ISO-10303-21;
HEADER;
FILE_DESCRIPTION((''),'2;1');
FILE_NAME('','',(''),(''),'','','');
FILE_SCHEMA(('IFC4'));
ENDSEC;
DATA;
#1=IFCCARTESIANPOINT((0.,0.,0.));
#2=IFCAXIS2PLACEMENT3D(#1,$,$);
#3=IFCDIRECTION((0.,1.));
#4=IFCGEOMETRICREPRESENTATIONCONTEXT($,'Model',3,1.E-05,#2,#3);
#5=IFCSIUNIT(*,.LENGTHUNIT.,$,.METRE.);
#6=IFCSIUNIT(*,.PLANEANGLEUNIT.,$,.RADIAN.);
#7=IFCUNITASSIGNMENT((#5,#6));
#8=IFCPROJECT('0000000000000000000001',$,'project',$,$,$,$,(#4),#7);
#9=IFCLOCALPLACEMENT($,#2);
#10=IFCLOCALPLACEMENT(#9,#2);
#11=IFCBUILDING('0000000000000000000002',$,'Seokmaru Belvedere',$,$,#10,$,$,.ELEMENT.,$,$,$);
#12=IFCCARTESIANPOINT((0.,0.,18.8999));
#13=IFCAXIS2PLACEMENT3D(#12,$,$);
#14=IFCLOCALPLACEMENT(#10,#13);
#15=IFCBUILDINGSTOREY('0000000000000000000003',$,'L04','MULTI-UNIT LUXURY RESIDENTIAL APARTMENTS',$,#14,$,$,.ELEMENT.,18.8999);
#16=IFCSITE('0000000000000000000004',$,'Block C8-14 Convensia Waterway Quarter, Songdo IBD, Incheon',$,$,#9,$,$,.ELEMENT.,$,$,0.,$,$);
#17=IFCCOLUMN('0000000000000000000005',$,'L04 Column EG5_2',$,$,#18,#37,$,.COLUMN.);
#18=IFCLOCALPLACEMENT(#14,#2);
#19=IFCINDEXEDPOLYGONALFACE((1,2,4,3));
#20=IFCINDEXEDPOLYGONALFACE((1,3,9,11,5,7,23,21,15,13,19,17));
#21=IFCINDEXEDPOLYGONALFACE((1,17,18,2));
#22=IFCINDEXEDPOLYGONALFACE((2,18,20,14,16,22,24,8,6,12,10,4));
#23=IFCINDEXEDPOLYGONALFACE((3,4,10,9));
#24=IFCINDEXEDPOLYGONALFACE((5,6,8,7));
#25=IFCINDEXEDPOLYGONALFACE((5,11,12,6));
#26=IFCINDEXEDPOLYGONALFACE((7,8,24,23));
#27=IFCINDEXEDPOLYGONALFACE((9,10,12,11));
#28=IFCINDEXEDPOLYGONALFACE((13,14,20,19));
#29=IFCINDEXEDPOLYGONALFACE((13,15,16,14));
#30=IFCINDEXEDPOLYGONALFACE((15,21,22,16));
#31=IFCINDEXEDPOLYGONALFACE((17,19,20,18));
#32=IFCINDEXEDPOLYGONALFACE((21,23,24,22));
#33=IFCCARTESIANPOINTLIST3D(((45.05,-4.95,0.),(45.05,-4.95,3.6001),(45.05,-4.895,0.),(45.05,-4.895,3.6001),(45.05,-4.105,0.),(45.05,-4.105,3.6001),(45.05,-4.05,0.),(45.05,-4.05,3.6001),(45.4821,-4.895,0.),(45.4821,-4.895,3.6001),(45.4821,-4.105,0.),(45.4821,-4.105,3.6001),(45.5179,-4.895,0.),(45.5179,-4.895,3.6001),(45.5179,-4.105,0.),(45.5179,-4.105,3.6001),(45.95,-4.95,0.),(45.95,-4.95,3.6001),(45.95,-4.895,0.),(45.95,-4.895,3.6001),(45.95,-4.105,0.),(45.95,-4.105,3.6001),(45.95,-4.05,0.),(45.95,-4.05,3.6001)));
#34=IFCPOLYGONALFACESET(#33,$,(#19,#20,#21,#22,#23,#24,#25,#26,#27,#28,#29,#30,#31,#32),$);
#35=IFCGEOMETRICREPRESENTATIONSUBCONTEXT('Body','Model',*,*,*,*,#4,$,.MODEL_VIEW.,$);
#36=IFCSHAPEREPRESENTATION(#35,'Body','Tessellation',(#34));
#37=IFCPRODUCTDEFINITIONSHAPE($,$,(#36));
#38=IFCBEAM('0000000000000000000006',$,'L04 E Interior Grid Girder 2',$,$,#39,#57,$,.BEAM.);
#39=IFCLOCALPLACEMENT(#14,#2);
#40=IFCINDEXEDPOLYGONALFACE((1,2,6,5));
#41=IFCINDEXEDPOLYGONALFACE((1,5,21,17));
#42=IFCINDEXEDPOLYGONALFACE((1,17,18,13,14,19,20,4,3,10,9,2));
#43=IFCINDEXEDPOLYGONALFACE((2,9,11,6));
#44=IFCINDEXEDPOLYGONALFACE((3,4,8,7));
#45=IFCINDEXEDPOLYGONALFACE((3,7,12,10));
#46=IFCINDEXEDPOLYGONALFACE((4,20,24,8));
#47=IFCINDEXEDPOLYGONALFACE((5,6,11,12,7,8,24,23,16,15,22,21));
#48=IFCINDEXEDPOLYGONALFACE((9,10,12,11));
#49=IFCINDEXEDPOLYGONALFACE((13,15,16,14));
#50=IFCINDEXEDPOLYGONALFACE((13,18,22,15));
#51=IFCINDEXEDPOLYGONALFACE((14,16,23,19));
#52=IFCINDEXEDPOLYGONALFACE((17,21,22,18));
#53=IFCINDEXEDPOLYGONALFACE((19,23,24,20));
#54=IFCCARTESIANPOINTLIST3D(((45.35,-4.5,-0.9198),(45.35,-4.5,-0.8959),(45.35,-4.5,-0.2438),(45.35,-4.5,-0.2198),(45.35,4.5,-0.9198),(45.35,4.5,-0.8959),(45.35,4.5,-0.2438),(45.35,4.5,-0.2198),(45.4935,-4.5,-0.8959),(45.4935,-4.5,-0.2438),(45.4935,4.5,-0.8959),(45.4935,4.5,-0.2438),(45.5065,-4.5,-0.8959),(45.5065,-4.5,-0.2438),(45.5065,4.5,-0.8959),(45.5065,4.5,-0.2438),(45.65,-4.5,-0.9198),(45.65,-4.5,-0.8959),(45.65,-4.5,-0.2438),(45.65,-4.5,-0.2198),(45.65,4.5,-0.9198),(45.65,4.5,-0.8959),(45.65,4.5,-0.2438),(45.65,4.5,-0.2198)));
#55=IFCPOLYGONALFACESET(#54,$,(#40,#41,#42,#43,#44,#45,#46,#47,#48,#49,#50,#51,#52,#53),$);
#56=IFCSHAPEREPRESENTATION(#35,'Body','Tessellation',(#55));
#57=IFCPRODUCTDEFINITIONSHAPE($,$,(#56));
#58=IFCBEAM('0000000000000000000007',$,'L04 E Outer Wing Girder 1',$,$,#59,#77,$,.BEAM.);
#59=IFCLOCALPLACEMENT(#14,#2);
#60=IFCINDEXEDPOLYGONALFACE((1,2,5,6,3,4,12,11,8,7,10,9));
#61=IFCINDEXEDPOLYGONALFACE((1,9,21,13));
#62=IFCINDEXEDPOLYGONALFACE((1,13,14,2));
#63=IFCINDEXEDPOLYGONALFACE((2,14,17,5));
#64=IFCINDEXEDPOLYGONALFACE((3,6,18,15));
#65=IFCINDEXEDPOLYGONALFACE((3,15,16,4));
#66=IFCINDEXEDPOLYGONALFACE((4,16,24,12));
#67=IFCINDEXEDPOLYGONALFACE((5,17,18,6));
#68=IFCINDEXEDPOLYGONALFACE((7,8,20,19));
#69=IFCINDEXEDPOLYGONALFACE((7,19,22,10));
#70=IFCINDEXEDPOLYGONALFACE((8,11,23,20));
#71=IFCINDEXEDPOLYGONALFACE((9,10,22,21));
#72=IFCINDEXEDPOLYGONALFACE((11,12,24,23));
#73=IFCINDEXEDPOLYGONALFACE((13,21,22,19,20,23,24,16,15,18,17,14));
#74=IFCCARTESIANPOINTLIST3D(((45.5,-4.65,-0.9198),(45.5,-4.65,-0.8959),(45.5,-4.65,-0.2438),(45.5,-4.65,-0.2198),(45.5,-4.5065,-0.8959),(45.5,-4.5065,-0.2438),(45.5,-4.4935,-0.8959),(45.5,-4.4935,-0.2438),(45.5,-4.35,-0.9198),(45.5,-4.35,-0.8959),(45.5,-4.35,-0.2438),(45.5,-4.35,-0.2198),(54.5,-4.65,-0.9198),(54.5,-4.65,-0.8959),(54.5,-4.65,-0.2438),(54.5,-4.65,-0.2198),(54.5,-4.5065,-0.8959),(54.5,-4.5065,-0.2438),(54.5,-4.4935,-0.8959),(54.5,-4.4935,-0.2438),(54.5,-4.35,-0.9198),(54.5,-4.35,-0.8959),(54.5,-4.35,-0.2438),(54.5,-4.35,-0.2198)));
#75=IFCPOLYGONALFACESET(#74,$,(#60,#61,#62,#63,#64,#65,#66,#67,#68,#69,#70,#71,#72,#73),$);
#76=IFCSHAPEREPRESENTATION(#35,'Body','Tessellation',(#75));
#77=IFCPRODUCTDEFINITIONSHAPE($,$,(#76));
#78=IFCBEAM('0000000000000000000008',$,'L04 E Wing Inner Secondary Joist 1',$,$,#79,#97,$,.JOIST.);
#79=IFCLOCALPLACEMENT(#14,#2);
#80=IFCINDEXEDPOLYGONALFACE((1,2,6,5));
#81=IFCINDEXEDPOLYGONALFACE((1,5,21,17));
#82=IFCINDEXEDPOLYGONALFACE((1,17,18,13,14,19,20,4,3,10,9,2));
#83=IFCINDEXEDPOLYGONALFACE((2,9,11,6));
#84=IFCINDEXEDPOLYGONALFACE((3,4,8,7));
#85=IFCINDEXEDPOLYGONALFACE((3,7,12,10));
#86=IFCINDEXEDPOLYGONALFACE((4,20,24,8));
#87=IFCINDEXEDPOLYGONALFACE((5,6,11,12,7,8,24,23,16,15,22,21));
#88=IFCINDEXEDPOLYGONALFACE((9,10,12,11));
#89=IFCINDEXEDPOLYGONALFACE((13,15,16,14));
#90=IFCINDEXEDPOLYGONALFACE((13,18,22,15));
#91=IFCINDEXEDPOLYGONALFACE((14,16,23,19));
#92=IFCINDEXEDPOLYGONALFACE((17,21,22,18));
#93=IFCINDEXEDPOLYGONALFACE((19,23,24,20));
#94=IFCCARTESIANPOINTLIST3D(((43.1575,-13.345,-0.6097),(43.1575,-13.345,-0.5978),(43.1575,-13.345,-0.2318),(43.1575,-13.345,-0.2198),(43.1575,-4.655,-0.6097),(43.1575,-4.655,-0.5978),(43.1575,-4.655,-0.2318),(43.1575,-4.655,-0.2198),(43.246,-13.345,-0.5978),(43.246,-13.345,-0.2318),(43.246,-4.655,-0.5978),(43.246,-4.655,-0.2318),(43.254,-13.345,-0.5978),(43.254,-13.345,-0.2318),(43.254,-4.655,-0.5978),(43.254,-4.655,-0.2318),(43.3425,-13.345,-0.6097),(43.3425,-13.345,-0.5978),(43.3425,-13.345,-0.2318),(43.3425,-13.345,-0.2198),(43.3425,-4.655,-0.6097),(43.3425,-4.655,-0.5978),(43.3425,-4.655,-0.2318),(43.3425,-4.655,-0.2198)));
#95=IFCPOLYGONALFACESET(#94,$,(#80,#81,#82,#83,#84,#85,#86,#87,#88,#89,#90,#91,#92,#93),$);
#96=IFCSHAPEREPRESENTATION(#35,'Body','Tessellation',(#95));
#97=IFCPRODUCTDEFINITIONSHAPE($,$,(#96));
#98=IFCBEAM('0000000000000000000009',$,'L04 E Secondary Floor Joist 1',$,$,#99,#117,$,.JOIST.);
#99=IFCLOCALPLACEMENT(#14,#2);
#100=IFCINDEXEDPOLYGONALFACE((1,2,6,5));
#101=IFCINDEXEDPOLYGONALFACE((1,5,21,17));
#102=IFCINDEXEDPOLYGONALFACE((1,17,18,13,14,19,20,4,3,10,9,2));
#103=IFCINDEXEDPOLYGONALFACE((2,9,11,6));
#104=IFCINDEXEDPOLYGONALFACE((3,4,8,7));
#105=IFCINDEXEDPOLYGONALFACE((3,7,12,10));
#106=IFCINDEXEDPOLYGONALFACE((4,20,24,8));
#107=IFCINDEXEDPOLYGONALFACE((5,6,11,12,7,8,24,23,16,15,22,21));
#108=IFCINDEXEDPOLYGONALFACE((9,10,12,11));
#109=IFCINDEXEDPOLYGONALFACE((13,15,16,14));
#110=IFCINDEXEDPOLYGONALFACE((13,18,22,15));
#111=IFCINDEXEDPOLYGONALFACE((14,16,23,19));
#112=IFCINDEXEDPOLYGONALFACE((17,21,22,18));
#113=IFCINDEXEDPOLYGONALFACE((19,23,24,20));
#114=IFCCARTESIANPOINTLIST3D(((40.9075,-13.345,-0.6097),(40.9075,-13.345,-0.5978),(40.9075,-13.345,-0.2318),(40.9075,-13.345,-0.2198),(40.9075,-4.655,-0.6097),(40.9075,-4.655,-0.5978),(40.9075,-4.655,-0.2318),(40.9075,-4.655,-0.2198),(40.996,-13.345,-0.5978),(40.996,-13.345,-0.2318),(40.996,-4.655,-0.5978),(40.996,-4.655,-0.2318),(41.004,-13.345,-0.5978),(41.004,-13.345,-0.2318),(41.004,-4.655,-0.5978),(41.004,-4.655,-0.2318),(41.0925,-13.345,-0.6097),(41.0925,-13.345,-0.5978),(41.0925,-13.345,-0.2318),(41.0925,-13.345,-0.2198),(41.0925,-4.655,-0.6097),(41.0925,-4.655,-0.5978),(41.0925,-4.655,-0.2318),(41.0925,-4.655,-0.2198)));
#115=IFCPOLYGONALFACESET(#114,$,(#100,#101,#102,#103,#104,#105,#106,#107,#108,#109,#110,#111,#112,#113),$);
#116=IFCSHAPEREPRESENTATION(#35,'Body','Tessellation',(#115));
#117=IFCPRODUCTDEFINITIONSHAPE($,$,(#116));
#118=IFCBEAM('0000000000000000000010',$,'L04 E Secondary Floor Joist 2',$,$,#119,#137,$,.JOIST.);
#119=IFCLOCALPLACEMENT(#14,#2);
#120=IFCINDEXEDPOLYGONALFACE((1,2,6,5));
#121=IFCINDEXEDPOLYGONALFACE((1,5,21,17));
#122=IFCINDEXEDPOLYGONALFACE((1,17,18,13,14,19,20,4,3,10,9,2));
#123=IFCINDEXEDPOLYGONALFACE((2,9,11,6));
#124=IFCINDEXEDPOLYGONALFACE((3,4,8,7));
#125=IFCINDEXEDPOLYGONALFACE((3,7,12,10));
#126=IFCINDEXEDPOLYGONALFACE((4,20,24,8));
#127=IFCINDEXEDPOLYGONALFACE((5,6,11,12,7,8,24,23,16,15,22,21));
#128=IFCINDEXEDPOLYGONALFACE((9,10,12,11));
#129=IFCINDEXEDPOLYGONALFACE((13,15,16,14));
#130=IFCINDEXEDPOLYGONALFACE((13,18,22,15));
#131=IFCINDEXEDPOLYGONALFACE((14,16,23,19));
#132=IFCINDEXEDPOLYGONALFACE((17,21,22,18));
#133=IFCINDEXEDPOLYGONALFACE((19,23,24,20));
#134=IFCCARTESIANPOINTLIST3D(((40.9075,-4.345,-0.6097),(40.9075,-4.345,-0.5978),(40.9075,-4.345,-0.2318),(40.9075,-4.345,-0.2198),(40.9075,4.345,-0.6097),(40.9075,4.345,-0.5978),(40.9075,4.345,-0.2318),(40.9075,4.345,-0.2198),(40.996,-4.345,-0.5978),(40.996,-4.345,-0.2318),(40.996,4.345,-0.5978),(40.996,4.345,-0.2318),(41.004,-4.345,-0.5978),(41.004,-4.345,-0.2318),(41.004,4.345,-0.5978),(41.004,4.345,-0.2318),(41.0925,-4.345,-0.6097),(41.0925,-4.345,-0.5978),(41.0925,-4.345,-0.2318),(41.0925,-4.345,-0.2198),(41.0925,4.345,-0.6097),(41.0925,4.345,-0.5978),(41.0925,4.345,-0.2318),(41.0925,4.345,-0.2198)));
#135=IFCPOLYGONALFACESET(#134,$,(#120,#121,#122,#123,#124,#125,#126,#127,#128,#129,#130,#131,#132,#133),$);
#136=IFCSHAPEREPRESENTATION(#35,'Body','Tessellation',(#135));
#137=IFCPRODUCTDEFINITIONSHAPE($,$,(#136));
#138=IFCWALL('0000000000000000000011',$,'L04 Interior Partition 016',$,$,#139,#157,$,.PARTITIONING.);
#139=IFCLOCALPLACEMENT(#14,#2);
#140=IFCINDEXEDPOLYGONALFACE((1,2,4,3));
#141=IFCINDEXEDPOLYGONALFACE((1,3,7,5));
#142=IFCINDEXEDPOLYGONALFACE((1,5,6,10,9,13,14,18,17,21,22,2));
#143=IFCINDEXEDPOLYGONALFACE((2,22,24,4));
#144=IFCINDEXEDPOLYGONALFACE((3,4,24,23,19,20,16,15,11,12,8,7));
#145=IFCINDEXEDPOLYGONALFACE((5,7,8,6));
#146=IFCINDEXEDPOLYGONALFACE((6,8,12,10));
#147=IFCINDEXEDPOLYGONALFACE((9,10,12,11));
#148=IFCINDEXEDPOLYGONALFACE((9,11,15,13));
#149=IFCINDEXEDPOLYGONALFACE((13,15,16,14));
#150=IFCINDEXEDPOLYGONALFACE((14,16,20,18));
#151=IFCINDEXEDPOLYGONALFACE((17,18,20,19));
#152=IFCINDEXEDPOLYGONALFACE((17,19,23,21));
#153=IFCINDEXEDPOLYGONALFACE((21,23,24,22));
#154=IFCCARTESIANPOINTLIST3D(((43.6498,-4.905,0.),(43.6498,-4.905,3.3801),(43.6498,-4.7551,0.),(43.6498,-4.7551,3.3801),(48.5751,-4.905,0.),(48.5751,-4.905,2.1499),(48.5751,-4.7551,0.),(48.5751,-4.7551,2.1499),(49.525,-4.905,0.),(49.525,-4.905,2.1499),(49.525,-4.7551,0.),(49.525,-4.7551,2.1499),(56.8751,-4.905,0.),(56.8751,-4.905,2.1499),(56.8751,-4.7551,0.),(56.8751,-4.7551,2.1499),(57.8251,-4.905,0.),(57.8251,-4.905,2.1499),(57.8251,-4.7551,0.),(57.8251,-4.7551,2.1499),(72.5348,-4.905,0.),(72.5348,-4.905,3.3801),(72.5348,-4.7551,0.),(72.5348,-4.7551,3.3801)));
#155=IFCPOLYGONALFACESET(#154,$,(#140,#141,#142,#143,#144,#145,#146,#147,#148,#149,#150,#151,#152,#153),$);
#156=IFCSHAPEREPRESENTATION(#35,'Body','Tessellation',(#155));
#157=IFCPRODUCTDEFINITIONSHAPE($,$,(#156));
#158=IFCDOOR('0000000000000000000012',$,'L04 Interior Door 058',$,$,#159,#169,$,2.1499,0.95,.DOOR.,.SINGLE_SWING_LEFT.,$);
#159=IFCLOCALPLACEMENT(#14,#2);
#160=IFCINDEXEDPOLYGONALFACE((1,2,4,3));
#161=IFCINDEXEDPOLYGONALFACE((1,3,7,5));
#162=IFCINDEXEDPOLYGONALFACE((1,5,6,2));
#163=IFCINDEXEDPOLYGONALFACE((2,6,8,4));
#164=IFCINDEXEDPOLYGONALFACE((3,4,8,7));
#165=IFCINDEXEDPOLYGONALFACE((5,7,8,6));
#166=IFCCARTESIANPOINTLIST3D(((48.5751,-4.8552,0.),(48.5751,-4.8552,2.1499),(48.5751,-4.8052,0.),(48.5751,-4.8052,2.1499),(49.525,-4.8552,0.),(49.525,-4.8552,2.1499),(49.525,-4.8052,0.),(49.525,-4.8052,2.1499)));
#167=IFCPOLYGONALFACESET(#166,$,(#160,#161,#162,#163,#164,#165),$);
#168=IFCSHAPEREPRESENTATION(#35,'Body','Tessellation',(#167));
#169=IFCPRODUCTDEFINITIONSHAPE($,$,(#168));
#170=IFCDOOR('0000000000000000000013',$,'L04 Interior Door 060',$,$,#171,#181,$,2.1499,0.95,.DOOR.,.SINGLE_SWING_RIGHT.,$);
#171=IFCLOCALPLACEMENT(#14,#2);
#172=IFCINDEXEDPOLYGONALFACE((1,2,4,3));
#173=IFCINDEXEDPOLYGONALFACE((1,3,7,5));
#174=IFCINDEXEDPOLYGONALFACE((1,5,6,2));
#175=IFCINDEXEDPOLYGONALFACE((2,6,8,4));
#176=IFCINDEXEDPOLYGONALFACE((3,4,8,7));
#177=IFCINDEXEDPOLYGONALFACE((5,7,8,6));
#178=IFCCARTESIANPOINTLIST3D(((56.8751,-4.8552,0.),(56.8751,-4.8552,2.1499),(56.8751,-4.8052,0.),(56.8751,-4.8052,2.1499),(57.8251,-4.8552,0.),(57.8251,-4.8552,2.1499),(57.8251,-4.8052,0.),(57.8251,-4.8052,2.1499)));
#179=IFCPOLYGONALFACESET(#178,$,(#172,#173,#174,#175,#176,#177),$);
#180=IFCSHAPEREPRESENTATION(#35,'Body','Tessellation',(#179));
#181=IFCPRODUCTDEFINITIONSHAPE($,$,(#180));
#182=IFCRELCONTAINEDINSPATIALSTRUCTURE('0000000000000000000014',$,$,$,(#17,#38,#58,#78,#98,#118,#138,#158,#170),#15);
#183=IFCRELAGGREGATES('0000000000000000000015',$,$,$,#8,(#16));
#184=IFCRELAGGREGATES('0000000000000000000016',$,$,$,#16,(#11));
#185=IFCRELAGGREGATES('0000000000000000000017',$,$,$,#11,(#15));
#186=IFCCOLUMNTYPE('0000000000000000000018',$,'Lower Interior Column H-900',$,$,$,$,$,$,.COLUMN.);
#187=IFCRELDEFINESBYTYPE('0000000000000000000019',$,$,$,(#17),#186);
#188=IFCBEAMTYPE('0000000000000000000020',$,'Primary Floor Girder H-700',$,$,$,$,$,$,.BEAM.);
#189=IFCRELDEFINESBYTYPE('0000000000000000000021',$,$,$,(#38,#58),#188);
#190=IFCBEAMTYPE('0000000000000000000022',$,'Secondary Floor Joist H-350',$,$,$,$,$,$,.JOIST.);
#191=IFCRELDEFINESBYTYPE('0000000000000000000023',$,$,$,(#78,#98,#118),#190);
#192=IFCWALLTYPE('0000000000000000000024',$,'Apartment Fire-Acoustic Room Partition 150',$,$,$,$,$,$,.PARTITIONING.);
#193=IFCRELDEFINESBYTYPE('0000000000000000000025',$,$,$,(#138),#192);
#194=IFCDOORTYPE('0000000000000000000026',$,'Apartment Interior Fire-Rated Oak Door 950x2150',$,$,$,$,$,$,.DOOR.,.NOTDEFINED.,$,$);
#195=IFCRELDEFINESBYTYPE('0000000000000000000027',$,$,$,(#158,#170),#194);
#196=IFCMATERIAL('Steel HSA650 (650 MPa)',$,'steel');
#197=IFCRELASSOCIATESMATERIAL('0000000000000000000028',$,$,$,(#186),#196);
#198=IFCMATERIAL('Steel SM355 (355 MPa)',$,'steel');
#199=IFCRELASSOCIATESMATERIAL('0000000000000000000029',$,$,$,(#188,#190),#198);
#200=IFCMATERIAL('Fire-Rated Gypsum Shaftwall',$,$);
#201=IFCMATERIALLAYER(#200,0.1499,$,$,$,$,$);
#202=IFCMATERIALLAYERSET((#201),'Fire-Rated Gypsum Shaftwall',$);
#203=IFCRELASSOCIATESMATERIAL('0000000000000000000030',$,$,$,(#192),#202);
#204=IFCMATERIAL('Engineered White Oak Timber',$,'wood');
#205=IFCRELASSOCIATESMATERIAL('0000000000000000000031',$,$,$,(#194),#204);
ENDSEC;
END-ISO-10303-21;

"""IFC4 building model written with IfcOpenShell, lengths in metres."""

from ifc_helpers import new_model, si_unit, direction, frame, frame_2d, origin, origin_2d, place, context, subcontext, project, spatial, rectangle, i_section, extrude, source, transform, mapped, material, layer, layer_set, material_profile, profile_set, type_object, type_shapes, element, fill, save


model = new_model("IFC4")

# Units and contexts
model_context = context("Model", 3, precision=1e-05, world=origin(), true_north=direction((0.0, 1.0)))
body_context = subcontext(model_context, "Body", "Model", "MODEL_VIEW")
ifc_project = project(units=[si_unit("LENGTHUNIT", "METRE"), si_unit("PLANEANGLEUNIT", "RADIAN")], contexts=[model_context])

# Site, building, storey
site_placement = place(None, origin())
site = spatial("IfcSite", under=ifc_project, at=site_placement, Name="Block C8-14 Convensia Waterway Quarter, Songdo IBD, Incheon", CompositionType="ELEMENT", RefElevation=0.0)
building_placement = place(site_placement, origin())
building = spatial("IfcBuilding", under=site, at=building_placement, Name="Seokmaru Belvedere", CompositionType="ELEMENT")
storey_placement = place(building_placement, frame((0.0, 0.0, 18.8999)))
storey = spatial("IfcBuildingStorey", under=building, at=storey_placement, Name="L04", Description="MULTI-UNIT LUXURY RESIDENTIAL APARTMENTS", CompositionType="ELEMENT", Elevation=18.8999)

# Column
ifc_material_1 = material(Name="Steel HSA650 (650 MPa)", Category="steel")
ifc_material_profile_1 = material_profile(ifc_material_1, i_section(OverallWidth=0.8999, OverallDepth=0.8999, WebThickness=0.0359, FlangeThickness=0.0549, at=origin_2d()), Name="H-900x900x36x55")
ifc_profile_set_1 = profile_set([ifc_material_profile_1], Name="Steel HSA650 (650 MPa)")
column_type = type_object("IfcColumnType", Name="Lower Interior Column H-900", PredefinedType="COLUMN", material=ifc_profile_set_1)
shared_shape_1 = source(origin(), body_context, "Body", "SweptSolid", [
    extrude(i_section(OverallWidth=0.8999, OverallDepth=0.8999, WebThickness=0.0359, FlangeThickness=0.0549, at=origin_2d()), origin(), (0.0, 0.0, 1.0), 3.6001),
])
type_shapes(column_type, [shared_shape_1])
column_placement = place(storey_placement, frame((45.5, -4.5, 0.0), z_axis=(0.0, 0.0, 1.0), x_axis=(1.0, 0.0, 0.0)))
element("IfcColumn", 1, at=column_placement, inside=storey, type_object=column_type, Name="L04 Column EG5_2", PredefinedType="COLUMN", context=body_context, shape_type="MappedRepresentation", body=[
    mapped(shared_shape_1, transform((0.0, 0.0, 0.0), scale=1.0)),
])

# Beams
ifc_material_2 = material(Name="Steel SM355 (355 MPa)", Category="steel")
ifc_material_profile_2 = material_profile(ifc_material_2, i_section(OverallWidth=0.3, OverallDepth=0.7, WebThickness=0.0129, FlangeThickness=0.0239, at=origin_2d()), Name="H-700x300x13x24")
ifc_profile_set_2 = profile_set([ifc_material_profile_2], Name="Steel SM355 (355 MPa)")
beam_type_1 = type_object("IfcBeamType", Name="Primary Floor Girder H-700", PredefinedType="BEAM", material=ifc_profile_set_2)
shared_shape_2 = source(origin(), body_context, "Body", "SweptSolid", [
    extrude(i_section(OverallWidth=0.3, OverallDepth=0.7, WebThickness=0.0129, FlangeThickness=0.0239, at=origin_2d()), origin(), (0.0, 0.0, 1.0), 9.0),
])
type_shapes(beam_type_1, [shared_shape_2])
for number, where, z_axis, x_axis, name in (
    (2, (45.5, -4.5, -0.5698), (0.0, 1.0, 0.0), (-1.0, 0.0, 0.0), "L04 E Interior Grid Girder 2"),
    (3, (45.5, -4.5, -0.5698), (1.0, 0.0, 0.0), (0.0, 1.0, 0.0), "L04 E Outer Wing Girder 1"),
):
    element("IfcBeam", number, at=place(storey_placement, frame(where, z_axis=z_axis, x_axis=x_axis)), inside=storey, type_object=beam_type_1, Name=name, PredefinedType="BEAM", context=body_context, shape_type="MappedRepresentation", body=[
        mapped(shared_shape_2, transform((0.0, 0.0, 0.0), scale=1.0)),
    ])
ifc_material_profile_3 = material_profile(ifc_material_2, i_section(OverallWidth=0.1851, OverallDepth=0.3899, WebThickness=0.0081, FlangeThickness=0.012, at=origin_2d()), Name="H-390x185x8x12")
ifc_profile_set_3 = profile_set([ifc_material_profile_3], Name="Steel SM355 (355 MPa)")
beam_type_2 = type_object("IfcBeamType", Name="Secondary Floor Joist H-350", PredefinedType="JOIST", material=ifc_profile_set_3)
shared_shape_3 = source(origin(), body_context, "Body", "SweptSolid", [
    extrude(i_section(OverallWidth=0.1851, OverallDepth=0.3899, WebThickness=0.0081, FlangeThickness=0.012, at=origin_2d()), origin(), (0.0, 0.0, 1.0), 8.6899),
])
type_shapes(beam_type_2, [shared_shape_3])
for number, where, z_axis, x_axis, name in (
    (4, (43.25, -13.345, -0.4148), (0.0, 1.0, 0.0), (-1.0, 0.0, 0.0), "L04 E Wing Inner Secondary Joist 1"),
    (5, (41.0, -13.345, -0.4148), (0.0, 1.0, 0.0), (-1.0, 0.0, 0.0), "L04 E Secondary Floor Joist 1"),
    (6, (41.0, -4.345, -0.4148), (0.0, 1.0, 0.0), (-1.0, 0.0, 0.0), "L04 E Secondary Floor Joist 2"),
):
    element("IfcBeam", number, at=place(storey_placement, frame(where, z_axis=z_axis, x_axis=x_axis)), inside=storey, type_object=beam_type_2, Name=name, PredefinedType="JOIST", context=body_context, shape_type="MappedRepresentation", body=[
        mapped(shared_shape_3, transform((0.0, 0.0, 0.0), scale=1.0)),
    ])

# Wall, openings, doors
ifc_material_3 = material(Name="Fire-Rated Gypsum Shaftwall")
ifc_layer_1 = layer(ifc_material_3, 0.1499)
ifc_layer_set_1 = layer_set([ifc_layer_1], Name="Fire-Rated Gypsum Shaftwall")
wall_type_1 = type_object("IfcWallType", Name="Apartment Fire-Acoustic Room Partition 150", PredefinedType="PARTITIONING", material=ifc_layer_set_1)
wall_1_placement = place(storey_placement, frame((43.6499, -4.8301, 0.0), z_axis=(0.0, 0.0, 1.0), x_axis=(1.0, 0.0, 0.0)))
wall_1 = element("IfcWall", 7, at=wall_1_placement, inside=storey, type_object=wall_type_1, Name="L04 Interior Partition 016", PredefinedType="PARTITIONING", context=body_context, shape_type="SweptSolid", body=[
    extrude(rectangle(XDim=28.885, YDim=0.1499, at=frame_2d((14.4424, 0.0))), origin(), (0.0, 0.0, 1.0), 3.3801),
])
opening_1_placement = place(wall_1_placement, frame((4.925, 0.0, 0.0)))
opening_1 = element("IfcOpeningElement", 8, at=opening_1_placement, cuts=wall_1, PredefinedType="OPENING", context=body_context, shape_type="SweptSolid", body=[
    extrude(rectangle(XDim=0.95, YDim=2.1499, at=frame_2d((0.4751, 1.075))), frame((0.0, 0.085, 0.0), z_axis=(0.0, -1.0, 0.0), x_axis=(1.0, 0.0, 0.0)), (0.0, 0.0, 1.0), 0.1699),
])
opening_2_placement = place(wall_1_placement, frame((13.2251, 0.0, 0.0)))
opening_2 = element("IfcOpeningElement", 9, at=opening_2_placement, cuts=wall_1, PredefinedType="OPENING", context=body_context, shape_type="SweptSolid", body=[
    extrude(rectangle(XDim=0.95, YDim=2.1499, at=frame_2d((0.4751, 1.075))), frame((0.0, 0.085, 0.0), z_axis=(0.0, -1.0, 0.0), x_axis=(1.0, 0.0, 0.0)), (0.0, 0.0, 1.0), 0.1699),
])
ifc_material_4 = material(Name="Engineered White Oak Timber", Category="wood")
door_type_1 = type_object("IfcDoorType", Name="Apartment Interior Fire-Rated Oak Door 950x2150", OperationType="NOTDEFINED", PredefinedType="DOOR", material=ifc_material_4)
shared_shape_4 = source(origin(), body_context, "Body", "SweptSolid", [
    extrude(rectangle(XDim=0.95, YDim=2.1499, at=frame_2d((0.4751, 1.075))), frame((0.0, 0.0249, 0.0), z_axis=(0.0, -1.0, 0.0), x_axis=(1.0, 0.0, 0.0)), (0.0, 0.0, 1.0), 0.05),
])
type_shapes(door_type_1, [shared_shape_4])
door_1_placement = place(opening_1_placement, origin())
door_1 = element("IfcDoor", 10, at=door_1_placement, inside=storey, type_object=door_type_1, Name="L04 Interior Door 058", OperationType="SINGLE_SWING_LEFT", OverallHeight=2.1499, OverallWidth=0.95, PredefinedType="DOOR", context=body_context, shape_type="MappedRepresentation", body=[
    mapped(shared_shape_4, transform((0.0, 0.0, 0.0), scale=1.0)),
])
fill(opening_1, door_1)
door_2_placement = place(opening_2_placement, origin())
door_2 = element("IfcDoor", 11, at=door_2_placement, inside=storey, type_object=door_type_1, Name="L04 Interior Door 060", OperationType="SINGLE_SWING_RIGHT", OverallHeight=2.1499, OverallWidth=0.95, PredefinedType="DOOR", context=body_context, shape_type="MappedRepresentation", body=[
    mapped(shared_shape_4, transform((0.0, 0.0, 0.0), scale=1.0)),
])
fill(opening_2, door_2)

save(model, "model.ifc")
